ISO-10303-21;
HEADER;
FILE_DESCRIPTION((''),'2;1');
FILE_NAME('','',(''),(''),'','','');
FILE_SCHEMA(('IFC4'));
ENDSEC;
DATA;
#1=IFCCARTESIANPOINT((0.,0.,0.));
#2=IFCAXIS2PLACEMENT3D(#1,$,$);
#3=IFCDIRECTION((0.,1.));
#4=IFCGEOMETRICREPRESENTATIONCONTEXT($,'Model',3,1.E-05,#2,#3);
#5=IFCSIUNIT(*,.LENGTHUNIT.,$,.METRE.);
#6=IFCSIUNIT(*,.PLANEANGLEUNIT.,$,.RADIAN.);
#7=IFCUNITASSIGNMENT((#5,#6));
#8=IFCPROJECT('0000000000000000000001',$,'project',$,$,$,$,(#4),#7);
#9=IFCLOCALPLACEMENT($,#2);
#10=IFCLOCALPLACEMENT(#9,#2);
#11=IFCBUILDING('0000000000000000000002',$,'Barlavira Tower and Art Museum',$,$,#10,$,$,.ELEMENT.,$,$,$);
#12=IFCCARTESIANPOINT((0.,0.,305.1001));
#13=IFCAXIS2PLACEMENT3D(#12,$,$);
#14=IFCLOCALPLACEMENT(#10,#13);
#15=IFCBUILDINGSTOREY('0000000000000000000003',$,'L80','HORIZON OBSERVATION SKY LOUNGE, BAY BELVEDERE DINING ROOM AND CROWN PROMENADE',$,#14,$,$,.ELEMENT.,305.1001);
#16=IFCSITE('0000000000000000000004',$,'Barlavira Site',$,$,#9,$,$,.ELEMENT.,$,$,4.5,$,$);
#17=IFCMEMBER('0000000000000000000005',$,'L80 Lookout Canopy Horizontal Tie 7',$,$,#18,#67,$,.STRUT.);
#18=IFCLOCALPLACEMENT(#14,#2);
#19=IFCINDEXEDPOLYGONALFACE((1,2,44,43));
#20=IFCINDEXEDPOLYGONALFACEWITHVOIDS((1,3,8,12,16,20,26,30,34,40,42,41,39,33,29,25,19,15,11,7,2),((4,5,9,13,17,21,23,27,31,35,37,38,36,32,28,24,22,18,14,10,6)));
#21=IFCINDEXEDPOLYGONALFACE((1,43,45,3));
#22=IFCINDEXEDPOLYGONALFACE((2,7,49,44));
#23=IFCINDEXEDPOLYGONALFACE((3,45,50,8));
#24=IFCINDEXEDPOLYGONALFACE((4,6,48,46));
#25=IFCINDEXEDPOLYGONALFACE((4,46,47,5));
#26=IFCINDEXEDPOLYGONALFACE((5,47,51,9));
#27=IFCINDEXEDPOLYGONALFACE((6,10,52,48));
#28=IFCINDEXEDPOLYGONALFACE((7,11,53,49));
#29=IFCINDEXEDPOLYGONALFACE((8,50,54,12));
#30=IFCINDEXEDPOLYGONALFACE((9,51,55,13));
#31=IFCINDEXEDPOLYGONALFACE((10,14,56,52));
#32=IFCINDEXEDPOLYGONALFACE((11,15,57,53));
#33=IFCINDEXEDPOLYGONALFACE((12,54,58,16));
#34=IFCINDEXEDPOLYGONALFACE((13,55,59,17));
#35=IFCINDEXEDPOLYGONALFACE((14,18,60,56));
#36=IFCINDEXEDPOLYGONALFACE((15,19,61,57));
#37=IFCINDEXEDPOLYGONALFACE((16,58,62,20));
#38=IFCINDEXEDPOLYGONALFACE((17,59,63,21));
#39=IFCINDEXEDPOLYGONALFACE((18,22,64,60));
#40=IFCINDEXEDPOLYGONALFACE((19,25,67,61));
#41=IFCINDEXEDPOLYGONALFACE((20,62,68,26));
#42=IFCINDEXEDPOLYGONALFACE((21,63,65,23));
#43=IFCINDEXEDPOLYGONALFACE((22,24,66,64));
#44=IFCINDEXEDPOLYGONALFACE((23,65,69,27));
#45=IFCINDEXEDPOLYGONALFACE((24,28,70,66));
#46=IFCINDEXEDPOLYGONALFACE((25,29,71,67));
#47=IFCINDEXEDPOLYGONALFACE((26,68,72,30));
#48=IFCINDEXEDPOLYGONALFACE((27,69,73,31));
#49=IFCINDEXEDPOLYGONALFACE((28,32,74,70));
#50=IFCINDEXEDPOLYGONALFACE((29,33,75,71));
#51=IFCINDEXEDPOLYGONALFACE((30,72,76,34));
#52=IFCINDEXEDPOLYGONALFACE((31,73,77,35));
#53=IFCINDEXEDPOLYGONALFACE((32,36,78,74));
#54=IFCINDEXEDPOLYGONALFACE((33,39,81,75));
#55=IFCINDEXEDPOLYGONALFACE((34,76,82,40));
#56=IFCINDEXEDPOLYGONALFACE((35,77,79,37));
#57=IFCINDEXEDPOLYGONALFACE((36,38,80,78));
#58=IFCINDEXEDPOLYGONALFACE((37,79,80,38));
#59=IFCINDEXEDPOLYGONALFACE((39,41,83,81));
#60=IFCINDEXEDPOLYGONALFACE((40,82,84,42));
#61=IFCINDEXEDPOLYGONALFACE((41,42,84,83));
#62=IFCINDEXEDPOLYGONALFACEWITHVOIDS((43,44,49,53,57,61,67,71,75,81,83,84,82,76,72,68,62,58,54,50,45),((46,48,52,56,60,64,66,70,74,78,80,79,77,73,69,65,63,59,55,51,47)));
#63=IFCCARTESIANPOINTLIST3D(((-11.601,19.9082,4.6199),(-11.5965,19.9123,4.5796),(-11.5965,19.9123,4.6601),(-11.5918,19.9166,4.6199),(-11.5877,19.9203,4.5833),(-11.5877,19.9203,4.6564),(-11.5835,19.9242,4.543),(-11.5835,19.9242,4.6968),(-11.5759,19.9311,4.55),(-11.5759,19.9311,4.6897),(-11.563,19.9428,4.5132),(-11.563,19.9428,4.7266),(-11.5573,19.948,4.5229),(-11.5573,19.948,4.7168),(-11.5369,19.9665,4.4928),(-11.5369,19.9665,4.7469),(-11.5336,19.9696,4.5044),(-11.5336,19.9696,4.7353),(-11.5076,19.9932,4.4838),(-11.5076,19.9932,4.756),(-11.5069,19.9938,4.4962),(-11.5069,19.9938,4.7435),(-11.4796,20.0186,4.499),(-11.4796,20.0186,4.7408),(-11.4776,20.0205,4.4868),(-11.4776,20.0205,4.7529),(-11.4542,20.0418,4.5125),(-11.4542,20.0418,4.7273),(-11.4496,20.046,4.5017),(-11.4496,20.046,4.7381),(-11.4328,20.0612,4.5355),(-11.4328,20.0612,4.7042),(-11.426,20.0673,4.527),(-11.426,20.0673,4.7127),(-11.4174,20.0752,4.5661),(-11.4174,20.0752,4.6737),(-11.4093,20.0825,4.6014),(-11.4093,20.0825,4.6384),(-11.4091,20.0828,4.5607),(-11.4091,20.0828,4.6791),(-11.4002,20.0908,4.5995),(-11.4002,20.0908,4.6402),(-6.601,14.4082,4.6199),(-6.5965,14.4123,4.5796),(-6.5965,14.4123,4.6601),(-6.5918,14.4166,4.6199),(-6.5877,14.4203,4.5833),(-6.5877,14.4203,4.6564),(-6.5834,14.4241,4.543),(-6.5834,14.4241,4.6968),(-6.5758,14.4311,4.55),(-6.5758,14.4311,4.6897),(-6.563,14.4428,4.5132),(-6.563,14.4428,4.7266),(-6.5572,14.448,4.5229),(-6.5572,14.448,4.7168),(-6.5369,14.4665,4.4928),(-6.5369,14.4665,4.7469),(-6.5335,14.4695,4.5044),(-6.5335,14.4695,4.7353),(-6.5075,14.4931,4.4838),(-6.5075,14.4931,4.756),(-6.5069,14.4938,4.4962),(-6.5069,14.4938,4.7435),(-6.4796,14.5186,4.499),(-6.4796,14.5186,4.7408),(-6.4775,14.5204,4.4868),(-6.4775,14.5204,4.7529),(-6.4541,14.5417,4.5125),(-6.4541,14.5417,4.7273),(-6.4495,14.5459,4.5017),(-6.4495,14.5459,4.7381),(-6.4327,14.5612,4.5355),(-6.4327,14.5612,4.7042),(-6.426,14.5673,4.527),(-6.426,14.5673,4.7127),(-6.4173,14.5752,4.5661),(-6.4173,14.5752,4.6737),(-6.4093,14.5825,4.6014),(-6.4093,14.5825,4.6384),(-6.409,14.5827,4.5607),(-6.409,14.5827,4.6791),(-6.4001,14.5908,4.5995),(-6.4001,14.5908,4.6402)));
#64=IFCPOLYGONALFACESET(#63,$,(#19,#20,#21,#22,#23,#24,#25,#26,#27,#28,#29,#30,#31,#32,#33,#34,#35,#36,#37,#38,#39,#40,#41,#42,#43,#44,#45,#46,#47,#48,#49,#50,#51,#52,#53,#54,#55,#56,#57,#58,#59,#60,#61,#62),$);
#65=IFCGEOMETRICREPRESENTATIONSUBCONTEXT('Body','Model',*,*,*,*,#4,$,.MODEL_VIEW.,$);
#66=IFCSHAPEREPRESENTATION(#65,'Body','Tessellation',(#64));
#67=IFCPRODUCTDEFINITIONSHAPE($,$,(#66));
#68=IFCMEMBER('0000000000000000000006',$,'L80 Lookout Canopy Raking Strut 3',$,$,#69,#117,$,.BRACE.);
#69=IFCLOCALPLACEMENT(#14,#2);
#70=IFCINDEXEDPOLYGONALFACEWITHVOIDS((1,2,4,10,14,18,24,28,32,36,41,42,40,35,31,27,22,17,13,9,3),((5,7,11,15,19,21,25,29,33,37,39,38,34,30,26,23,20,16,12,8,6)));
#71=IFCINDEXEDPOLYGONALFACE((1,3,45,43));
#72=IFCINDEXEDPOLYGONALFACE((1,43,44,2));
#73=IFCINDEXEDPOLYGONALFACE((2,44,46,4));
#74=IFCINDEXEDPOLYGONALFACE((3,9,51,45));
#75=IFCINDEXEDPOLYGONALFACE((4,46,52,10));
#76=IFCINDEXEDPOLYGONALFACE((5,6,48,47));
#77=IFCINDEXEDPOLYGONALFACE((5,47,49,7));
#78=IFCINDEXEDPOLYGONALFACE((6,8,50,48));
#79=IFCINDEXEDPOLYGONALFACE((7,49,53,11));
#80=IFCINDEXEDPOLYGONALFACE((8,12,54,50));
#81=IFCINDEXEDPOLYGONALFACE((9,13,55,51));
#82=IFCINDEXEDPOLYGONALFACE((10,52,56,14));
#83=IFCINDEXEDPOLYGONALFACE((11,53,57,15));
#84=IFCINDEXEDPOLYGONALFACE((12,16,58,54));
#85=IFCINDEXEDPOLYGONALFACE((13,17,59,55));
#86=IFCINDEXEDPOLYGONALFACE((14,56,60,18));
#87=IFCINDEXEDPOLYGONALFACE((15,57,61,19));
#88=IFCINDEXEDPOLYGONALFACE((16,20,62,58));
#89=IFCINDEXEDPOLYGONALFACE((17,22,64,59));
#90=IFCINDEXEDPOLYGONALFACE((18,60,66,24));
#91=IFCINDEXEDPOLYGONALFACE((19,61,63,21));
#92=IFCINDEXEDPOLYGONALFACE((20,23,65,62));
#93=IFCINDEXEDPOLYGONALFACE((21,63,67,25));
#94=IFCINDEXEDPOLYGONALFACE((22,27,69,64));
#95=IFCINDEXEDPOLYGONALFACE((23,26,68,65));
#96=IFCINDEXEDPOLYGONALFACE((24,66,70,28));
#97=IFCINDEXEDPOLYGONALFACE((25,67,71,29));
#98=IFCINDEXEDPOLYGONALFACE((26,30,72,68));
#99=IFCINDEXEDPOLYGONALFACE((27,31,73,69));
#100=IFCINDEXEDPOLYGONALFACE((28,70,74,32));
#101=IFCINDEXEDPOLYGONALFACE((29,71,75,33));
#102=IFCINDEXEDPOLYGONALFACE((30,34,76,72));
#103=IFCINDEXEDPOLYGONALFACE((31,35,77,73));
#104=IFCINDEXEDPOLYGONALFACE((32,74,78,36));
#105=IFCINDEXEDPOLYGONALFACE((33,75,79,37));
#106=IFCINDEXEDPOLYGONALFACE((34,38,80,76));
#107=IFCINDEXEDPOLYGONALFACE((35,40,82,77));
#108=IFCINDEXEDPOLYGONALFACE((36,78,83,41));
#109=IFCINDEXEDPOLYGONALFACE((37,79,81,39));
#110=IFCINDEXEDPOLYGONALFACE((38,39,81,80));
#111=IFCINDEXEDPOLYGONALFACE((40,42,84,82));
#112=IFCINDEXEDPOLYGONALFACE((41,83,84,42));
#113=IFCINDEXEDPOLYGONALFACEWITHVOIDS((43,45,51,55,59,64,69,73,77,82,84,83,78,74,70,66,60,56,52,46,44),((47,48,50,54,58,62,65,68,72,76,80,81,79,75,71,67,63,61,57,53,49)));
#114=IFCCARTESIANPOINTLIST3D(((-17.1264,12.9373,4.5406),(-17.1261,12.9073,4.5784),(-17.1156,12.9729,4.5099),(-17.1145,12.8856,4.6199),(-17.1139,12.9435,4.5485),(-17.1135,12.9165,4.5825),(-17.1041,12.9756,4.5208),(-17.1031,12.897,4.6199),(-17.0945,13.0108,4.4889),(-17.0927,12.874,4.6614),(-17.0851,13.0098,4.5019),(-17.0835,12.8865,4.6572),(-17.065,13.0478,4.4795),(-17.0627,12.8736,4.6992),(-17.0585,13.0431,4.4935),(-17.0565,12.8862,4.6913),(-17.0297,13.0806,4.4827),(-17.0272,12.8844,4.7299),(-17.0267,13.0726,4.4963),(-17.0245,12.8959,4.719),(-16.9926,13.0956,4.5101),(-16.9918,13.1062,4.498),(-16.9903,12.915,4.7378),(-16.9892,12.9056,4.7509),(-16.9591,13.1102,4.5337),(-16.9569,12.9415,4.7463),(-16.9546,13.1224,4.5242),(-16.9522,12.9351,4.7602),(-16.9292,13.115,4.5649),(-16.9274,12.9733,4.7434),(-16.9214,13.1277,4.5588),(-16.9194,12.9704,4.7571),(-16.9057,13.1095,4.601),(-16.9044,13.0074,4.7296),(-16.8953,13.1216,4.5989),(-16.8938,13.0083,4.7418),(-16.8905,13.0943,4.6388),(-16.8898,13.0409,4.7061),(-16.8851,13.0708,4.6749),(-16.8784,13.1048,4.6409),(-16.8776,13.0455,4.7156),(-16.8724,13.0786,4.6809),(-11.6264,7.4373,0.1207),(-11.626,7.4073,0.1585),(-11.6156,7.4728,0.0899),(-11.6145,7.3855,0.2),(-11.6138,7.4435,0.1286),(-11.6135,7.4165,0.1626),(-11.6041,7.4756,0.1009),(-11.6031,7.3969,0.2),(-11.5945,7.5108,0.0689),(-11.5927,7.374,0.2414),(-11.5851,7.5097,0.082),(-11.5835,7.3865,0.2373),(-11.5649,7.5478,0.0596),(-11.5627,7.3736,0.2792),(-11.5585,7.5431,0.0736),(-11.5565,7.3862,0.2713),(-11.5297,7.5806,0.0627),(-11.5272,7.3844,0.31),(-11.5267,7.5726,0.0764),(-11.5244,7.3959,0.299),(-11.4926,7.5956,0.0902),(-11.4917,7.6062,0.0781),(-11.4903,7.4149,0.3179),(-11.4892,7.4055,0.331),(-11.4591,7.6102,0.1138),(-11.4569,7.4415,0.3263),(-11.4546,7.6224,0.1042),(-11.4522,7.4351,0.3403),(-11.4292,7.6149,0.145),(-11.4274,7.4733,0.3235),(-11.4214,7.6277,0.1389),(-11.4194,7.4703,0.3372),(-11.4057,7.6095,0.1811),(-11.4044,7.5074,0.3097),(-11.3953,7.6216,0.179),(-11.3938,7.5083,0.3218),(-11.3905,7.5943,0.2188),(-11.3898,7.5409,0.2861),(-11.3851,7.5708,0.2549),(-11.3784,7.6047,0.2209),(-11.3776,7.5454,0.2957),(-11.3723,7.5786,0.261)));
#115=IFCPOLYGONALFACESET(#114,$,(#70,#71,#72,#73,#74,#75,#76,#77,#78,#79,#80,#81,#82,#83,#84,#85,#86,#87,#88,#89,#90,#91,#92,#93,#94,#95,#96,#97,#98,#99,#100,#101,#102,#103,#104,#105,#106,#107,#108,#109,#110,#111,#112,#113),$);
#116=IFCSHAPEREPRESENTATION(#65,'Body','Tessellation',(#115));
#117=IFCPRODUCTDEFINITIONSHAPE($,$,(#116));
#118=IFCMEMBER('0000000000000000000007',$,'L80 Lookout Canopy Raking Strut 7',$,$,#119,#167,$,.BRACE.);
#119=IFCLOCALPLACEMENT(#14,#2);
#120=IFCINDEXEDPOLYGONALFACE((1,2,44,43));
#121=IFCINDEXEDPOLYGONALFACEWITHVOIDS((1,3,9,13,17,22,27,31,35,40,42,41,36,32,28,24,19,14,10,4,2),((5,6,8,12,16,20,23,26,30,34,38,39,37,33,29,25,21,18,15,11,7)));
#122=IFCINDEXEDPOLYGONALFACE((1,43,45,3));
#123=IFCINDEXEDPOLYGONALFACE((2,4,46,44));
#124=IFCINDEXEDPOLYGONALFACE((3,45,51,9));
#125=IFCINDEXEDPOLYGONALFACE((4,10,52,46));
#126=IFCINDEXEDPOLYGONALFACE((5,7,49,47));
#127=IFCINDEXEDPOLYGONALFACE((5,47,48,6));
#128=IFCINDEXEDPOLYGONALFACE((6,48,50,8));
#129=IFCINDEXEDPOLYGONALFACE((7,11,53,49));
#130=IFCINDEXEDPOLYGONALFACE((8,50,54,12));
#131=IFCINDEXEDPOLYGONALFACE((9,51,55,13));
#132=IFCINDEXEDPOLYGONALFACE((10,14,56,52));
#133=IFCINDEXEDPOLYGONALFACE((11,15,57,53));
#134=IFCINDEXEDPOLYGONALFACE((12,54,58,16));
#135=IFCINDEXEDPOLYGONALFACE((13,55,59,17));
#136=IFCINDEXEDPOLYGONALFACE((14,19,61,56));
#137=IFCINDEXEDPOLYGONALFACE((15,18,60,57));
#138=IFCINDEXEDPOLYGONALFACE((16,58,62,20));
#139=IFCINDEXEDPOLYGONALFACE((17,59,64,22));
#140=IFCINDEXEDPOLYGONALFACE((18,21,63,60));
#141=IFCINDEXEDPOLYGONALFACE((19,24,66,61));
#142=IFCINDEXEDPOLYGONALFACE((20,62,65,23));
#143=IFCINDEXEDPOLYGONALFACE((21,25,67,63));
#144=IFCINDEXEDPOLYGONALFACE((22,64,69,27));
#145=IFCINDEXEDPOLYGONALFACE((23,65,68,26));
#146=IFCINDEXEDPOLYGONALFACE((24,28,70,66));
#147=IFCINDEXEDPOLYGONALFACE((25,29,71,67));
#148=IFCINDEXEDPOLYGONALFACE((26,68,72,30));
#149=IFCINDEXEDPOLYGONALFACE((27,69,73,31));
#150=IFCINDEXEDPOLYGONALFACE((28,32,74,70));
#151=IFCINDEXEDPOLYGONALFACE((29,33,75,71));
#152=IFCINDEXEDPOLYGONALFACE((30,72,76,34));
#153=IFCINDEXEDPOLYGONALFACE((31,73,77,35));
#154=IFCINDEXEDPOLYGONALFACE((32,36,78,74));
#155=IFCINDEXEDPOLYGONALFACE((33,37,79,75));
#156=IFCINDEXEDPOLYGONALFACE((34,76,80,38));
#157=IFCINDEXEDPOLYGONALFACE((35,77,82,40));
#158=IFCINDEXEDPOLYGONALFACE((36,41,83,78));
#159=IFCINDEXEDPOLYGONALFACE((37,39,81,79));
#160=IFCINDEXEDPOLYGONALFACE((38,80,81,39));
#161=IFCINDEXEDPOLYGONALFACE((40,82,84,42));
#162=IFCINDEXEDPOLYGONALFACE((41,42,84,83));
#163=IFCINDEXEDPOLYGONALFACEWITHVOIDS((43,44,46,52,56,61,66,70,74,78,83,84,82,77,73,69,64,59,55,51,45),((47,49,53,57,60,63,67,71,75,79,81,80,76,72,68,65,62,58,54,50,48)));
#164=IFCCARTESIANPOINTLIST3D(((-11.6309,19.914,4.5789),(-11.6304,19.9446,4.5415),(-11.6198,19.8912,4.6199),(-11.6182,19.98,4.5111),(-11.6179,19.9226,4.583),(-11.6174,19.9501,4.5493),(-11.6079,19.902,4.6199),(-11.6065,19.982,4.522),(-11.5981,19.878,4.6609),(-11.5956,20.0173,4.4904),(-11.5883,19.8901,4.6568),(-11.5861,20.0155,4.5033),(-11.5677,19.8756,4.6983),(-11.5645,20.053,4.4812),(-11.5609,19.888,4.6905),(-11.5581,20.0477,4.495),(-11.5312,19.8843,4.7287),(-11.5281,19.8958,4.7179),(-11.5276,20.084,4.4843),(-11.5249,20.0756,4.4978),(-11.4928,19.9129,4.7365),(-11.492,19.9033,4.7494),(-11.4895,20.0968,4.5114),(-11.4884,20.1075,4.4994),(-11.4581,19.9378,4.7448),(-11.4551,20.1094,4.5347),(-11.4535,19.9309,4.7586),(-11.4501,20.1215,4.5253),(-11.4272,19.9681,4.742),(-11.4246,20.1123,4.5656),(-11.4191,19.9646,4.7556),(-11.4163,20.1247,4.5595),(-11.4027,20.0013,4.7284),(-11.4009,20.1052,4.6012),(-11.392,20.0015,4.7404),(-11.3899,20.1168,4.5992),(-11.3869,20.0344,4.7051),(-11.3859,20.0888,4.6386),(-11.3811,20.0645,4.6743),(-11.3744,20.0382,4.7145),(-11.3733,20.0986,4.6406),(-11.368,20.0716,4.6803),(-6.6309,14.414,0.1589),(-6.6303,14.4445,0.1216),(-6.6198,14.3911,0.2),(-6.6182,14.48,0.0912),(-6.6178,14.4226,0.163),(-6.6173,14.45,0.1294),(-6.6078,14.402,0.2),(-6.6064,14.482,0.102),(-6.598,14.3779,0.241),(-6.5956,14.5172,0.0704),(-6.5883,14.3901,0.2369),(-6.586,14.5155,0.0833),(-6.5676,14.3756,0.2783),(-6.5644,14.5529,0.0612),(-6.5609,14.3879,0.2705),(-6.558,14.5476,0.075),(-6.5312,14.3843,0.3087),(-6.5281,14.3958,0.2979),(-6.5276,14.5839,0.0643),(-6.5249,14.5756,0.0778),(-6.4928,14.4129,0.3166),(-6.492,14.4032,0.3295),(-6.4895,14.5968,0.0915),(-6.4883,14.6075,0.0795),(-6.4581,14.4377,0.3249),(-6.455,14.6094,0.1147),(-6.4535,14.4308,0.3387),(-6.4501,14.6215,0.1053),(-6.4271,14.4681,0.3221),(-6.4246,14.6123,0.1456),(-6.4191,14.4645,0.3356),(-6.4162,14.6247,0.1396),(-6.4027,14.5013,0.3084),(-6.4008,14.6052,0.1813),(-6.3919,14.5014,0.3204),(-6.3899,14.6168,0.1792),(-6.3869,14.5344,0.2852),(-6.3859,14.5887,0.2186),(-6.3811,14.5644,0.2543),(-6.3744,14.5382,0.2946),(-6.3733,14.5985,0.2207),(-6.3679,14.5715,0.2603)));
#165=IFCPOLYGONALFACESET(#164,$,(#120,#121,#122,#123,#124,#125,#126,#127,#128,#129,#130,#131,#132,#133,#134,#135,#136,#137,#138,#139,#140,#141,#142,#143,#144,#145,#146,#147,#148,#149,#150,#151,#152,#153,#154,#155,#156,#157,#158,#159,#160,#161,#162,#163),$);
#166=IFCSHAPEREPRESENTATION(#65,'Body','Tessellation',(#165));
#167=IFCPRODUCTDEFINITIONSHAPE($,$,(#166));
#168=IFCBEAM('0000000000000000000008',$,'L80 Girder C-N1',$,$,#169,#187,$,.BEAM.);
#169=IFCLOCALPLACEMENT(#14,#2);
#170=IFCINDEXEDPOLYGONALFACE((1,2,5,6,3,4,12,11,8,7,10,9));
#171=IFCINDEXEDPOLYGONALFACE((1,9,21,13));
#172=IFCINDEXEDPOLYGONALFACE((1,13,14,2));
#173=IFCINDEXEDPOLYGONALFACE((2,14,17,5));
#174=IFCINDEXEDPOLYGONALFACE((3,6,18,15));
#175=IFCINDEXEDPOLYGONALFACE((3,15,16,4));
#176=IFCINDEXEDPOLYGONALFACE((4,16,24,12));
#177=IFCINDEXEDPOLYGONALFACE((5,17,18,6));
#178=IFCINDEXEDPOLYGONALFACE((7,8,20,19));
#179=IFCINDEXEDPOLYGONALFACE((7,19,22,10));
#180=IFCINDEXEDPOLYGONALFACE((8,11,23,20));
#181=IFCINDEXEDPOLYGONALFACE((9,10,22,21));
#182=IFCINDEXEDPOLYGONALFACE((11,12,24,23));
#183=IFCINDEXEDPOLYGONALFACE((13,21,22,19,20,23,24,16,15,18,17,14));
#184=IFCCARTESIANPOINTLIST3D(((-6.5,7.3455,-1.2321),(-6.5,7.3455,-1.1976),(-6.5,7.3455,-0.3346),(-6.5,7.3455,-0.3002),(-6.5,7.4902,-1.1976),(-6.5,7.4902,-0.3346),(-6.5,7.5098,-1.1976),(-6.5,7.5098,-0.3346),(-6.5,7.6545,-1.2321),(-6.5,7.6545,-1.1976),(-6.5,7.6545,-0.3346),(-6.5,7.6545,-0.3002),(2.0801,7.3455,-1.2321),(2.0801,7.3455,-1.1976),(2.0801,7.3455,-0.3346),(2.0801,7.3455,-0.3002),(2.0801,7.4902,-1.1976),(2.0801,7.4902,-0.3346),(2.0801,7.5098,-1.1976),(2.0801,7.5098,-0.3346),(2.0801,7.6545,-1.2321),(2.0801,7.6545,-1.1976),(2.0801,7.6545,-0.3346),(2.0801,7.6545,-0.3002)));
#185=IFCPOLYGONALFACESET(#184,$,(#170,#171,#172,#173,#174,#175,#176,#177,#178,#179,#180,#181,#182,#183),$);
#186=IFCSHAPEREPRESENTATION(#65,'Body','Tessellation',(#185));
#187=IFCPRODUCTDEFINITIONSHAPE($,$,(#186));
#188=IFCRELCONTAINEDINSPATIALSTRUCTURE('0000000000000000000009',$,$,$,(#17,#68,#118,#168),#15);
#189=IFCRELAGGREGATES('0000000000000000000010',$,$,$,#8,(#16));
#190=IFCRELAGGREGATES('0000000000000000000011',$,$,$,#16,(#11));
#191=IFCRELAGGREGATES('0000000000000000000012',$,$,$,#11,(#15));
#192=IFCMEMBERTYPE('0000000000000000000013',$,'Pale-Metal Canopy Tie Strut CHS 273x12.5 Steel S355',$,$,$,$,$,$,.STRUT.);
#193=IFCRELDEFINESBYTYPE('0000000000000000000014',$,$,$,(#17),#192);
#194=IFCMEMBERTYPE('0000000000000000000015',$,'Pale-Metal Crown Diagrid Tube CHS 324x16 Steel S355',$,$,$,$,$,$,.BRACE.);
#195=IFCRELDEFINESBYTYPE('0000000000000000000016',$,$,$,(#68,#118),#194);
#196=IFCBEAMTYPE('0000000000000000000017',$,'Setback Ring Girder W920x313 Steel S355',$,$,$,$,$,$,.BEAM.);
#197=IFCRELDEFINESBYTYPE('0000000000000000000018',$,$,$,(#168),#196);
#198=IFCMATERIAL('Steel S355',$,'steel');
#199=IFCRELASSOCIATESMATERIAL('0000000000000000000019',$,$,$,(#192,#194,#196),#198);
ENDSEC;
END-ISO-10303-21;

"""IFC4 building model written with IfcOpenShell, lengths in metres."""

from ifc_helpers import new_model, si_unit, direction, frame, origin, origin_2d, place, context, subcontext, project, spatial, hollow_circle, i_section, extrude, material, material_profile, profile_set, type_object, element, save


model = new_model("IFC4")

# Units and contexts
model_context = context("Model", 3, precision=1e-05, world=origin(), true_north=direction((0.0, 1.0)))
body_context = subcontext(model_context, "Body", "Model", "MODEL_VIEW")
ifc_project = project(units=[si_unit("LENGTHUNIT", "METRE"), si_unit("PLANEANGLEUNIT", "RADIAN")], contexts=[model_context])

# Site, building, storey
site_placement = place(None, origin())
site = spatial("IfcSite", under=ifc_project, at=site_placement, Name="Barlavira Site", CompositionType="ELEMENT", RefElevation=4.5)
building_placement = place(site_placement, origin())
building = spatial("IfcBuilding", under=site, at=building_placement, Name="Barlavira Tower and Art Museum", CompositionType="ELEMENT")
storey_placement = place(building_placement, frame((0.0, 0.0, 305.1001)))
storey = spatial("IfcBuildingStorey", under=building, at=storey_placement, Name="L80", Description="HORIZON OBSERVATION SKY LOUNGE, BAY BELVEDERE DINING ROOM AND CROWN PROMENADE", CompositionType="ELEMENT", Elevation=305.1001)

# Shared definitions
ifc_material_1 = material(Name="Steel S355", Category="steel")

# Members
ifc_material_profile_1 = material_profile(ifc_material_1, hollow_circle(Radius=0.1365, WallThickness=0.0125, at=origin_2d()), Name="CHS 273.0x12.5")
ifc_profile_set_1 = profile_set([ifc_material_profile_1], Name="Steel S355")
member_type_1 = type_object("IfcMemberType", Name="Pale-Metal Canopy Tie Strut CHS 273x12.5 Steel S355", PredefinedType="STRUT", material=ifc_profile_set_1)
member_1_placement = place(storey_placement, frame((-6.5, 14.5, 4.6199), z_axis=(-0.672673, 0.73994, 0.0), x_axis=(-0.73994, -0.672673, 0.0)))
element("IfcMember", 1, at=member_1_placement, inside=storey, type_object=member_type_1, Name="L80 Lookout Canopy Horizontal Tie 7", PredefinedType="STRUT", context=body_context, shape_type="SweptSolid", body=[
    extrude(hollow_circle(Radius=0.1365, WallThickness=0.0125, at=origin_2d()), origin(), (0.0, 0.0, 1.0), 7.4331),
])
ifc_material_profile_2 = material_profile(ifc_material_1, hollow_circle(Radius=0.1619, WallThickness=0.0161, at=origin_2d()), Name="CHS 323.9x16.0")
ifc_profile_set_2 = profile_set([ifc_material_profile_2], Name="Steel S355")
member_type_2 = type_object("IfcMemberType", Name="Pale-Metal Crown Diagrid Tube CHS 324x16 Steel S355", PredefinedType="BRACE", material=ifc_profile_set_2)
member_2_placement = place(storey_placement, frame((-11.5, 7.5, 0.2), z_axis=(-0.614781, 0.614781, 0.494052), x_axis=(-0.707107, -0.707107, 0.0)))
element("IfcMember", 2, at=member_2_placement, inside=storey, type_object=member_type_2, Name="L80 Lookout Canopy Raking Strut 3", PredefinedType="BRACE", context=body_context, shape_type="SweptSolid", body=[
    extrude(hollow_circle(Radius=0.1619, WallThickness=0.0161, at=origin_2d()), origin(), (0.0, 0.0, 1.0), 8.9463),
])
member_3_placement = place(storey_placement, frame((-6.5, 14.5, 0.2), z_axis=(-0.578177, 0.635995, 0.511099), x_axis=(-0.73994, -0.672673, 0.0)))
element("IfcMember", 3, at=member_3_placement, inside=storey, type_object=member_type_2, Name="L80 Lookout Canopy Raking Strut 7", PredefinedType="BRACE", context=body_context, shape_type="SweptSolid", body=[
    extrude(hollow_circle(Radius=0.1619, WallThickness=0.0161, at=origin_2d()), origin(), (0.0, 0.0, 1.0), 8.6479),
])

# Beam
ifc_material_profile_3 = material_profile(ifc_material_1, i_section(OverallWidth=0.3091, OverallDepth=0.9319, WebThickness=0.0195, FlangeThickness=0.0344, at=origin_2d()), Name="W920x313.0")
ifc_profile_set_3 = profile_set([ifc_material_profile_3], Name="Steel S355")
beam_type_1 = type_object("IfcBeamType", Name="Setback Ring Girder W920x313 Steel S355", PredefinedType="BEAM", material=ifc_profile_set_3)
beam_1_placement = place(storey_placement, frame((-6.5, 7.5, -0.7661), z_axis=(1.0, 0.0, 0.0), x_axis=(0.0, 1.0, 0.0)))
element("IfcBeam", 4, at=beam_1_placement, inside=storey, type_object=beam_type_1, Name="L80 Girder C-N1", PredefinedType="BEAM", context=body_context, shape_type="SweptSolid", body=[
    extrude(i_section(OverallWidth=0.3091, OverallDepth=0.9319, WebThickness=0.0195, FlangeThickness=0.0344, at=origin_2d()), origin(), (0.0, 0.0, 1.0), 8.5801),
])

save(model, "model.ifc")
